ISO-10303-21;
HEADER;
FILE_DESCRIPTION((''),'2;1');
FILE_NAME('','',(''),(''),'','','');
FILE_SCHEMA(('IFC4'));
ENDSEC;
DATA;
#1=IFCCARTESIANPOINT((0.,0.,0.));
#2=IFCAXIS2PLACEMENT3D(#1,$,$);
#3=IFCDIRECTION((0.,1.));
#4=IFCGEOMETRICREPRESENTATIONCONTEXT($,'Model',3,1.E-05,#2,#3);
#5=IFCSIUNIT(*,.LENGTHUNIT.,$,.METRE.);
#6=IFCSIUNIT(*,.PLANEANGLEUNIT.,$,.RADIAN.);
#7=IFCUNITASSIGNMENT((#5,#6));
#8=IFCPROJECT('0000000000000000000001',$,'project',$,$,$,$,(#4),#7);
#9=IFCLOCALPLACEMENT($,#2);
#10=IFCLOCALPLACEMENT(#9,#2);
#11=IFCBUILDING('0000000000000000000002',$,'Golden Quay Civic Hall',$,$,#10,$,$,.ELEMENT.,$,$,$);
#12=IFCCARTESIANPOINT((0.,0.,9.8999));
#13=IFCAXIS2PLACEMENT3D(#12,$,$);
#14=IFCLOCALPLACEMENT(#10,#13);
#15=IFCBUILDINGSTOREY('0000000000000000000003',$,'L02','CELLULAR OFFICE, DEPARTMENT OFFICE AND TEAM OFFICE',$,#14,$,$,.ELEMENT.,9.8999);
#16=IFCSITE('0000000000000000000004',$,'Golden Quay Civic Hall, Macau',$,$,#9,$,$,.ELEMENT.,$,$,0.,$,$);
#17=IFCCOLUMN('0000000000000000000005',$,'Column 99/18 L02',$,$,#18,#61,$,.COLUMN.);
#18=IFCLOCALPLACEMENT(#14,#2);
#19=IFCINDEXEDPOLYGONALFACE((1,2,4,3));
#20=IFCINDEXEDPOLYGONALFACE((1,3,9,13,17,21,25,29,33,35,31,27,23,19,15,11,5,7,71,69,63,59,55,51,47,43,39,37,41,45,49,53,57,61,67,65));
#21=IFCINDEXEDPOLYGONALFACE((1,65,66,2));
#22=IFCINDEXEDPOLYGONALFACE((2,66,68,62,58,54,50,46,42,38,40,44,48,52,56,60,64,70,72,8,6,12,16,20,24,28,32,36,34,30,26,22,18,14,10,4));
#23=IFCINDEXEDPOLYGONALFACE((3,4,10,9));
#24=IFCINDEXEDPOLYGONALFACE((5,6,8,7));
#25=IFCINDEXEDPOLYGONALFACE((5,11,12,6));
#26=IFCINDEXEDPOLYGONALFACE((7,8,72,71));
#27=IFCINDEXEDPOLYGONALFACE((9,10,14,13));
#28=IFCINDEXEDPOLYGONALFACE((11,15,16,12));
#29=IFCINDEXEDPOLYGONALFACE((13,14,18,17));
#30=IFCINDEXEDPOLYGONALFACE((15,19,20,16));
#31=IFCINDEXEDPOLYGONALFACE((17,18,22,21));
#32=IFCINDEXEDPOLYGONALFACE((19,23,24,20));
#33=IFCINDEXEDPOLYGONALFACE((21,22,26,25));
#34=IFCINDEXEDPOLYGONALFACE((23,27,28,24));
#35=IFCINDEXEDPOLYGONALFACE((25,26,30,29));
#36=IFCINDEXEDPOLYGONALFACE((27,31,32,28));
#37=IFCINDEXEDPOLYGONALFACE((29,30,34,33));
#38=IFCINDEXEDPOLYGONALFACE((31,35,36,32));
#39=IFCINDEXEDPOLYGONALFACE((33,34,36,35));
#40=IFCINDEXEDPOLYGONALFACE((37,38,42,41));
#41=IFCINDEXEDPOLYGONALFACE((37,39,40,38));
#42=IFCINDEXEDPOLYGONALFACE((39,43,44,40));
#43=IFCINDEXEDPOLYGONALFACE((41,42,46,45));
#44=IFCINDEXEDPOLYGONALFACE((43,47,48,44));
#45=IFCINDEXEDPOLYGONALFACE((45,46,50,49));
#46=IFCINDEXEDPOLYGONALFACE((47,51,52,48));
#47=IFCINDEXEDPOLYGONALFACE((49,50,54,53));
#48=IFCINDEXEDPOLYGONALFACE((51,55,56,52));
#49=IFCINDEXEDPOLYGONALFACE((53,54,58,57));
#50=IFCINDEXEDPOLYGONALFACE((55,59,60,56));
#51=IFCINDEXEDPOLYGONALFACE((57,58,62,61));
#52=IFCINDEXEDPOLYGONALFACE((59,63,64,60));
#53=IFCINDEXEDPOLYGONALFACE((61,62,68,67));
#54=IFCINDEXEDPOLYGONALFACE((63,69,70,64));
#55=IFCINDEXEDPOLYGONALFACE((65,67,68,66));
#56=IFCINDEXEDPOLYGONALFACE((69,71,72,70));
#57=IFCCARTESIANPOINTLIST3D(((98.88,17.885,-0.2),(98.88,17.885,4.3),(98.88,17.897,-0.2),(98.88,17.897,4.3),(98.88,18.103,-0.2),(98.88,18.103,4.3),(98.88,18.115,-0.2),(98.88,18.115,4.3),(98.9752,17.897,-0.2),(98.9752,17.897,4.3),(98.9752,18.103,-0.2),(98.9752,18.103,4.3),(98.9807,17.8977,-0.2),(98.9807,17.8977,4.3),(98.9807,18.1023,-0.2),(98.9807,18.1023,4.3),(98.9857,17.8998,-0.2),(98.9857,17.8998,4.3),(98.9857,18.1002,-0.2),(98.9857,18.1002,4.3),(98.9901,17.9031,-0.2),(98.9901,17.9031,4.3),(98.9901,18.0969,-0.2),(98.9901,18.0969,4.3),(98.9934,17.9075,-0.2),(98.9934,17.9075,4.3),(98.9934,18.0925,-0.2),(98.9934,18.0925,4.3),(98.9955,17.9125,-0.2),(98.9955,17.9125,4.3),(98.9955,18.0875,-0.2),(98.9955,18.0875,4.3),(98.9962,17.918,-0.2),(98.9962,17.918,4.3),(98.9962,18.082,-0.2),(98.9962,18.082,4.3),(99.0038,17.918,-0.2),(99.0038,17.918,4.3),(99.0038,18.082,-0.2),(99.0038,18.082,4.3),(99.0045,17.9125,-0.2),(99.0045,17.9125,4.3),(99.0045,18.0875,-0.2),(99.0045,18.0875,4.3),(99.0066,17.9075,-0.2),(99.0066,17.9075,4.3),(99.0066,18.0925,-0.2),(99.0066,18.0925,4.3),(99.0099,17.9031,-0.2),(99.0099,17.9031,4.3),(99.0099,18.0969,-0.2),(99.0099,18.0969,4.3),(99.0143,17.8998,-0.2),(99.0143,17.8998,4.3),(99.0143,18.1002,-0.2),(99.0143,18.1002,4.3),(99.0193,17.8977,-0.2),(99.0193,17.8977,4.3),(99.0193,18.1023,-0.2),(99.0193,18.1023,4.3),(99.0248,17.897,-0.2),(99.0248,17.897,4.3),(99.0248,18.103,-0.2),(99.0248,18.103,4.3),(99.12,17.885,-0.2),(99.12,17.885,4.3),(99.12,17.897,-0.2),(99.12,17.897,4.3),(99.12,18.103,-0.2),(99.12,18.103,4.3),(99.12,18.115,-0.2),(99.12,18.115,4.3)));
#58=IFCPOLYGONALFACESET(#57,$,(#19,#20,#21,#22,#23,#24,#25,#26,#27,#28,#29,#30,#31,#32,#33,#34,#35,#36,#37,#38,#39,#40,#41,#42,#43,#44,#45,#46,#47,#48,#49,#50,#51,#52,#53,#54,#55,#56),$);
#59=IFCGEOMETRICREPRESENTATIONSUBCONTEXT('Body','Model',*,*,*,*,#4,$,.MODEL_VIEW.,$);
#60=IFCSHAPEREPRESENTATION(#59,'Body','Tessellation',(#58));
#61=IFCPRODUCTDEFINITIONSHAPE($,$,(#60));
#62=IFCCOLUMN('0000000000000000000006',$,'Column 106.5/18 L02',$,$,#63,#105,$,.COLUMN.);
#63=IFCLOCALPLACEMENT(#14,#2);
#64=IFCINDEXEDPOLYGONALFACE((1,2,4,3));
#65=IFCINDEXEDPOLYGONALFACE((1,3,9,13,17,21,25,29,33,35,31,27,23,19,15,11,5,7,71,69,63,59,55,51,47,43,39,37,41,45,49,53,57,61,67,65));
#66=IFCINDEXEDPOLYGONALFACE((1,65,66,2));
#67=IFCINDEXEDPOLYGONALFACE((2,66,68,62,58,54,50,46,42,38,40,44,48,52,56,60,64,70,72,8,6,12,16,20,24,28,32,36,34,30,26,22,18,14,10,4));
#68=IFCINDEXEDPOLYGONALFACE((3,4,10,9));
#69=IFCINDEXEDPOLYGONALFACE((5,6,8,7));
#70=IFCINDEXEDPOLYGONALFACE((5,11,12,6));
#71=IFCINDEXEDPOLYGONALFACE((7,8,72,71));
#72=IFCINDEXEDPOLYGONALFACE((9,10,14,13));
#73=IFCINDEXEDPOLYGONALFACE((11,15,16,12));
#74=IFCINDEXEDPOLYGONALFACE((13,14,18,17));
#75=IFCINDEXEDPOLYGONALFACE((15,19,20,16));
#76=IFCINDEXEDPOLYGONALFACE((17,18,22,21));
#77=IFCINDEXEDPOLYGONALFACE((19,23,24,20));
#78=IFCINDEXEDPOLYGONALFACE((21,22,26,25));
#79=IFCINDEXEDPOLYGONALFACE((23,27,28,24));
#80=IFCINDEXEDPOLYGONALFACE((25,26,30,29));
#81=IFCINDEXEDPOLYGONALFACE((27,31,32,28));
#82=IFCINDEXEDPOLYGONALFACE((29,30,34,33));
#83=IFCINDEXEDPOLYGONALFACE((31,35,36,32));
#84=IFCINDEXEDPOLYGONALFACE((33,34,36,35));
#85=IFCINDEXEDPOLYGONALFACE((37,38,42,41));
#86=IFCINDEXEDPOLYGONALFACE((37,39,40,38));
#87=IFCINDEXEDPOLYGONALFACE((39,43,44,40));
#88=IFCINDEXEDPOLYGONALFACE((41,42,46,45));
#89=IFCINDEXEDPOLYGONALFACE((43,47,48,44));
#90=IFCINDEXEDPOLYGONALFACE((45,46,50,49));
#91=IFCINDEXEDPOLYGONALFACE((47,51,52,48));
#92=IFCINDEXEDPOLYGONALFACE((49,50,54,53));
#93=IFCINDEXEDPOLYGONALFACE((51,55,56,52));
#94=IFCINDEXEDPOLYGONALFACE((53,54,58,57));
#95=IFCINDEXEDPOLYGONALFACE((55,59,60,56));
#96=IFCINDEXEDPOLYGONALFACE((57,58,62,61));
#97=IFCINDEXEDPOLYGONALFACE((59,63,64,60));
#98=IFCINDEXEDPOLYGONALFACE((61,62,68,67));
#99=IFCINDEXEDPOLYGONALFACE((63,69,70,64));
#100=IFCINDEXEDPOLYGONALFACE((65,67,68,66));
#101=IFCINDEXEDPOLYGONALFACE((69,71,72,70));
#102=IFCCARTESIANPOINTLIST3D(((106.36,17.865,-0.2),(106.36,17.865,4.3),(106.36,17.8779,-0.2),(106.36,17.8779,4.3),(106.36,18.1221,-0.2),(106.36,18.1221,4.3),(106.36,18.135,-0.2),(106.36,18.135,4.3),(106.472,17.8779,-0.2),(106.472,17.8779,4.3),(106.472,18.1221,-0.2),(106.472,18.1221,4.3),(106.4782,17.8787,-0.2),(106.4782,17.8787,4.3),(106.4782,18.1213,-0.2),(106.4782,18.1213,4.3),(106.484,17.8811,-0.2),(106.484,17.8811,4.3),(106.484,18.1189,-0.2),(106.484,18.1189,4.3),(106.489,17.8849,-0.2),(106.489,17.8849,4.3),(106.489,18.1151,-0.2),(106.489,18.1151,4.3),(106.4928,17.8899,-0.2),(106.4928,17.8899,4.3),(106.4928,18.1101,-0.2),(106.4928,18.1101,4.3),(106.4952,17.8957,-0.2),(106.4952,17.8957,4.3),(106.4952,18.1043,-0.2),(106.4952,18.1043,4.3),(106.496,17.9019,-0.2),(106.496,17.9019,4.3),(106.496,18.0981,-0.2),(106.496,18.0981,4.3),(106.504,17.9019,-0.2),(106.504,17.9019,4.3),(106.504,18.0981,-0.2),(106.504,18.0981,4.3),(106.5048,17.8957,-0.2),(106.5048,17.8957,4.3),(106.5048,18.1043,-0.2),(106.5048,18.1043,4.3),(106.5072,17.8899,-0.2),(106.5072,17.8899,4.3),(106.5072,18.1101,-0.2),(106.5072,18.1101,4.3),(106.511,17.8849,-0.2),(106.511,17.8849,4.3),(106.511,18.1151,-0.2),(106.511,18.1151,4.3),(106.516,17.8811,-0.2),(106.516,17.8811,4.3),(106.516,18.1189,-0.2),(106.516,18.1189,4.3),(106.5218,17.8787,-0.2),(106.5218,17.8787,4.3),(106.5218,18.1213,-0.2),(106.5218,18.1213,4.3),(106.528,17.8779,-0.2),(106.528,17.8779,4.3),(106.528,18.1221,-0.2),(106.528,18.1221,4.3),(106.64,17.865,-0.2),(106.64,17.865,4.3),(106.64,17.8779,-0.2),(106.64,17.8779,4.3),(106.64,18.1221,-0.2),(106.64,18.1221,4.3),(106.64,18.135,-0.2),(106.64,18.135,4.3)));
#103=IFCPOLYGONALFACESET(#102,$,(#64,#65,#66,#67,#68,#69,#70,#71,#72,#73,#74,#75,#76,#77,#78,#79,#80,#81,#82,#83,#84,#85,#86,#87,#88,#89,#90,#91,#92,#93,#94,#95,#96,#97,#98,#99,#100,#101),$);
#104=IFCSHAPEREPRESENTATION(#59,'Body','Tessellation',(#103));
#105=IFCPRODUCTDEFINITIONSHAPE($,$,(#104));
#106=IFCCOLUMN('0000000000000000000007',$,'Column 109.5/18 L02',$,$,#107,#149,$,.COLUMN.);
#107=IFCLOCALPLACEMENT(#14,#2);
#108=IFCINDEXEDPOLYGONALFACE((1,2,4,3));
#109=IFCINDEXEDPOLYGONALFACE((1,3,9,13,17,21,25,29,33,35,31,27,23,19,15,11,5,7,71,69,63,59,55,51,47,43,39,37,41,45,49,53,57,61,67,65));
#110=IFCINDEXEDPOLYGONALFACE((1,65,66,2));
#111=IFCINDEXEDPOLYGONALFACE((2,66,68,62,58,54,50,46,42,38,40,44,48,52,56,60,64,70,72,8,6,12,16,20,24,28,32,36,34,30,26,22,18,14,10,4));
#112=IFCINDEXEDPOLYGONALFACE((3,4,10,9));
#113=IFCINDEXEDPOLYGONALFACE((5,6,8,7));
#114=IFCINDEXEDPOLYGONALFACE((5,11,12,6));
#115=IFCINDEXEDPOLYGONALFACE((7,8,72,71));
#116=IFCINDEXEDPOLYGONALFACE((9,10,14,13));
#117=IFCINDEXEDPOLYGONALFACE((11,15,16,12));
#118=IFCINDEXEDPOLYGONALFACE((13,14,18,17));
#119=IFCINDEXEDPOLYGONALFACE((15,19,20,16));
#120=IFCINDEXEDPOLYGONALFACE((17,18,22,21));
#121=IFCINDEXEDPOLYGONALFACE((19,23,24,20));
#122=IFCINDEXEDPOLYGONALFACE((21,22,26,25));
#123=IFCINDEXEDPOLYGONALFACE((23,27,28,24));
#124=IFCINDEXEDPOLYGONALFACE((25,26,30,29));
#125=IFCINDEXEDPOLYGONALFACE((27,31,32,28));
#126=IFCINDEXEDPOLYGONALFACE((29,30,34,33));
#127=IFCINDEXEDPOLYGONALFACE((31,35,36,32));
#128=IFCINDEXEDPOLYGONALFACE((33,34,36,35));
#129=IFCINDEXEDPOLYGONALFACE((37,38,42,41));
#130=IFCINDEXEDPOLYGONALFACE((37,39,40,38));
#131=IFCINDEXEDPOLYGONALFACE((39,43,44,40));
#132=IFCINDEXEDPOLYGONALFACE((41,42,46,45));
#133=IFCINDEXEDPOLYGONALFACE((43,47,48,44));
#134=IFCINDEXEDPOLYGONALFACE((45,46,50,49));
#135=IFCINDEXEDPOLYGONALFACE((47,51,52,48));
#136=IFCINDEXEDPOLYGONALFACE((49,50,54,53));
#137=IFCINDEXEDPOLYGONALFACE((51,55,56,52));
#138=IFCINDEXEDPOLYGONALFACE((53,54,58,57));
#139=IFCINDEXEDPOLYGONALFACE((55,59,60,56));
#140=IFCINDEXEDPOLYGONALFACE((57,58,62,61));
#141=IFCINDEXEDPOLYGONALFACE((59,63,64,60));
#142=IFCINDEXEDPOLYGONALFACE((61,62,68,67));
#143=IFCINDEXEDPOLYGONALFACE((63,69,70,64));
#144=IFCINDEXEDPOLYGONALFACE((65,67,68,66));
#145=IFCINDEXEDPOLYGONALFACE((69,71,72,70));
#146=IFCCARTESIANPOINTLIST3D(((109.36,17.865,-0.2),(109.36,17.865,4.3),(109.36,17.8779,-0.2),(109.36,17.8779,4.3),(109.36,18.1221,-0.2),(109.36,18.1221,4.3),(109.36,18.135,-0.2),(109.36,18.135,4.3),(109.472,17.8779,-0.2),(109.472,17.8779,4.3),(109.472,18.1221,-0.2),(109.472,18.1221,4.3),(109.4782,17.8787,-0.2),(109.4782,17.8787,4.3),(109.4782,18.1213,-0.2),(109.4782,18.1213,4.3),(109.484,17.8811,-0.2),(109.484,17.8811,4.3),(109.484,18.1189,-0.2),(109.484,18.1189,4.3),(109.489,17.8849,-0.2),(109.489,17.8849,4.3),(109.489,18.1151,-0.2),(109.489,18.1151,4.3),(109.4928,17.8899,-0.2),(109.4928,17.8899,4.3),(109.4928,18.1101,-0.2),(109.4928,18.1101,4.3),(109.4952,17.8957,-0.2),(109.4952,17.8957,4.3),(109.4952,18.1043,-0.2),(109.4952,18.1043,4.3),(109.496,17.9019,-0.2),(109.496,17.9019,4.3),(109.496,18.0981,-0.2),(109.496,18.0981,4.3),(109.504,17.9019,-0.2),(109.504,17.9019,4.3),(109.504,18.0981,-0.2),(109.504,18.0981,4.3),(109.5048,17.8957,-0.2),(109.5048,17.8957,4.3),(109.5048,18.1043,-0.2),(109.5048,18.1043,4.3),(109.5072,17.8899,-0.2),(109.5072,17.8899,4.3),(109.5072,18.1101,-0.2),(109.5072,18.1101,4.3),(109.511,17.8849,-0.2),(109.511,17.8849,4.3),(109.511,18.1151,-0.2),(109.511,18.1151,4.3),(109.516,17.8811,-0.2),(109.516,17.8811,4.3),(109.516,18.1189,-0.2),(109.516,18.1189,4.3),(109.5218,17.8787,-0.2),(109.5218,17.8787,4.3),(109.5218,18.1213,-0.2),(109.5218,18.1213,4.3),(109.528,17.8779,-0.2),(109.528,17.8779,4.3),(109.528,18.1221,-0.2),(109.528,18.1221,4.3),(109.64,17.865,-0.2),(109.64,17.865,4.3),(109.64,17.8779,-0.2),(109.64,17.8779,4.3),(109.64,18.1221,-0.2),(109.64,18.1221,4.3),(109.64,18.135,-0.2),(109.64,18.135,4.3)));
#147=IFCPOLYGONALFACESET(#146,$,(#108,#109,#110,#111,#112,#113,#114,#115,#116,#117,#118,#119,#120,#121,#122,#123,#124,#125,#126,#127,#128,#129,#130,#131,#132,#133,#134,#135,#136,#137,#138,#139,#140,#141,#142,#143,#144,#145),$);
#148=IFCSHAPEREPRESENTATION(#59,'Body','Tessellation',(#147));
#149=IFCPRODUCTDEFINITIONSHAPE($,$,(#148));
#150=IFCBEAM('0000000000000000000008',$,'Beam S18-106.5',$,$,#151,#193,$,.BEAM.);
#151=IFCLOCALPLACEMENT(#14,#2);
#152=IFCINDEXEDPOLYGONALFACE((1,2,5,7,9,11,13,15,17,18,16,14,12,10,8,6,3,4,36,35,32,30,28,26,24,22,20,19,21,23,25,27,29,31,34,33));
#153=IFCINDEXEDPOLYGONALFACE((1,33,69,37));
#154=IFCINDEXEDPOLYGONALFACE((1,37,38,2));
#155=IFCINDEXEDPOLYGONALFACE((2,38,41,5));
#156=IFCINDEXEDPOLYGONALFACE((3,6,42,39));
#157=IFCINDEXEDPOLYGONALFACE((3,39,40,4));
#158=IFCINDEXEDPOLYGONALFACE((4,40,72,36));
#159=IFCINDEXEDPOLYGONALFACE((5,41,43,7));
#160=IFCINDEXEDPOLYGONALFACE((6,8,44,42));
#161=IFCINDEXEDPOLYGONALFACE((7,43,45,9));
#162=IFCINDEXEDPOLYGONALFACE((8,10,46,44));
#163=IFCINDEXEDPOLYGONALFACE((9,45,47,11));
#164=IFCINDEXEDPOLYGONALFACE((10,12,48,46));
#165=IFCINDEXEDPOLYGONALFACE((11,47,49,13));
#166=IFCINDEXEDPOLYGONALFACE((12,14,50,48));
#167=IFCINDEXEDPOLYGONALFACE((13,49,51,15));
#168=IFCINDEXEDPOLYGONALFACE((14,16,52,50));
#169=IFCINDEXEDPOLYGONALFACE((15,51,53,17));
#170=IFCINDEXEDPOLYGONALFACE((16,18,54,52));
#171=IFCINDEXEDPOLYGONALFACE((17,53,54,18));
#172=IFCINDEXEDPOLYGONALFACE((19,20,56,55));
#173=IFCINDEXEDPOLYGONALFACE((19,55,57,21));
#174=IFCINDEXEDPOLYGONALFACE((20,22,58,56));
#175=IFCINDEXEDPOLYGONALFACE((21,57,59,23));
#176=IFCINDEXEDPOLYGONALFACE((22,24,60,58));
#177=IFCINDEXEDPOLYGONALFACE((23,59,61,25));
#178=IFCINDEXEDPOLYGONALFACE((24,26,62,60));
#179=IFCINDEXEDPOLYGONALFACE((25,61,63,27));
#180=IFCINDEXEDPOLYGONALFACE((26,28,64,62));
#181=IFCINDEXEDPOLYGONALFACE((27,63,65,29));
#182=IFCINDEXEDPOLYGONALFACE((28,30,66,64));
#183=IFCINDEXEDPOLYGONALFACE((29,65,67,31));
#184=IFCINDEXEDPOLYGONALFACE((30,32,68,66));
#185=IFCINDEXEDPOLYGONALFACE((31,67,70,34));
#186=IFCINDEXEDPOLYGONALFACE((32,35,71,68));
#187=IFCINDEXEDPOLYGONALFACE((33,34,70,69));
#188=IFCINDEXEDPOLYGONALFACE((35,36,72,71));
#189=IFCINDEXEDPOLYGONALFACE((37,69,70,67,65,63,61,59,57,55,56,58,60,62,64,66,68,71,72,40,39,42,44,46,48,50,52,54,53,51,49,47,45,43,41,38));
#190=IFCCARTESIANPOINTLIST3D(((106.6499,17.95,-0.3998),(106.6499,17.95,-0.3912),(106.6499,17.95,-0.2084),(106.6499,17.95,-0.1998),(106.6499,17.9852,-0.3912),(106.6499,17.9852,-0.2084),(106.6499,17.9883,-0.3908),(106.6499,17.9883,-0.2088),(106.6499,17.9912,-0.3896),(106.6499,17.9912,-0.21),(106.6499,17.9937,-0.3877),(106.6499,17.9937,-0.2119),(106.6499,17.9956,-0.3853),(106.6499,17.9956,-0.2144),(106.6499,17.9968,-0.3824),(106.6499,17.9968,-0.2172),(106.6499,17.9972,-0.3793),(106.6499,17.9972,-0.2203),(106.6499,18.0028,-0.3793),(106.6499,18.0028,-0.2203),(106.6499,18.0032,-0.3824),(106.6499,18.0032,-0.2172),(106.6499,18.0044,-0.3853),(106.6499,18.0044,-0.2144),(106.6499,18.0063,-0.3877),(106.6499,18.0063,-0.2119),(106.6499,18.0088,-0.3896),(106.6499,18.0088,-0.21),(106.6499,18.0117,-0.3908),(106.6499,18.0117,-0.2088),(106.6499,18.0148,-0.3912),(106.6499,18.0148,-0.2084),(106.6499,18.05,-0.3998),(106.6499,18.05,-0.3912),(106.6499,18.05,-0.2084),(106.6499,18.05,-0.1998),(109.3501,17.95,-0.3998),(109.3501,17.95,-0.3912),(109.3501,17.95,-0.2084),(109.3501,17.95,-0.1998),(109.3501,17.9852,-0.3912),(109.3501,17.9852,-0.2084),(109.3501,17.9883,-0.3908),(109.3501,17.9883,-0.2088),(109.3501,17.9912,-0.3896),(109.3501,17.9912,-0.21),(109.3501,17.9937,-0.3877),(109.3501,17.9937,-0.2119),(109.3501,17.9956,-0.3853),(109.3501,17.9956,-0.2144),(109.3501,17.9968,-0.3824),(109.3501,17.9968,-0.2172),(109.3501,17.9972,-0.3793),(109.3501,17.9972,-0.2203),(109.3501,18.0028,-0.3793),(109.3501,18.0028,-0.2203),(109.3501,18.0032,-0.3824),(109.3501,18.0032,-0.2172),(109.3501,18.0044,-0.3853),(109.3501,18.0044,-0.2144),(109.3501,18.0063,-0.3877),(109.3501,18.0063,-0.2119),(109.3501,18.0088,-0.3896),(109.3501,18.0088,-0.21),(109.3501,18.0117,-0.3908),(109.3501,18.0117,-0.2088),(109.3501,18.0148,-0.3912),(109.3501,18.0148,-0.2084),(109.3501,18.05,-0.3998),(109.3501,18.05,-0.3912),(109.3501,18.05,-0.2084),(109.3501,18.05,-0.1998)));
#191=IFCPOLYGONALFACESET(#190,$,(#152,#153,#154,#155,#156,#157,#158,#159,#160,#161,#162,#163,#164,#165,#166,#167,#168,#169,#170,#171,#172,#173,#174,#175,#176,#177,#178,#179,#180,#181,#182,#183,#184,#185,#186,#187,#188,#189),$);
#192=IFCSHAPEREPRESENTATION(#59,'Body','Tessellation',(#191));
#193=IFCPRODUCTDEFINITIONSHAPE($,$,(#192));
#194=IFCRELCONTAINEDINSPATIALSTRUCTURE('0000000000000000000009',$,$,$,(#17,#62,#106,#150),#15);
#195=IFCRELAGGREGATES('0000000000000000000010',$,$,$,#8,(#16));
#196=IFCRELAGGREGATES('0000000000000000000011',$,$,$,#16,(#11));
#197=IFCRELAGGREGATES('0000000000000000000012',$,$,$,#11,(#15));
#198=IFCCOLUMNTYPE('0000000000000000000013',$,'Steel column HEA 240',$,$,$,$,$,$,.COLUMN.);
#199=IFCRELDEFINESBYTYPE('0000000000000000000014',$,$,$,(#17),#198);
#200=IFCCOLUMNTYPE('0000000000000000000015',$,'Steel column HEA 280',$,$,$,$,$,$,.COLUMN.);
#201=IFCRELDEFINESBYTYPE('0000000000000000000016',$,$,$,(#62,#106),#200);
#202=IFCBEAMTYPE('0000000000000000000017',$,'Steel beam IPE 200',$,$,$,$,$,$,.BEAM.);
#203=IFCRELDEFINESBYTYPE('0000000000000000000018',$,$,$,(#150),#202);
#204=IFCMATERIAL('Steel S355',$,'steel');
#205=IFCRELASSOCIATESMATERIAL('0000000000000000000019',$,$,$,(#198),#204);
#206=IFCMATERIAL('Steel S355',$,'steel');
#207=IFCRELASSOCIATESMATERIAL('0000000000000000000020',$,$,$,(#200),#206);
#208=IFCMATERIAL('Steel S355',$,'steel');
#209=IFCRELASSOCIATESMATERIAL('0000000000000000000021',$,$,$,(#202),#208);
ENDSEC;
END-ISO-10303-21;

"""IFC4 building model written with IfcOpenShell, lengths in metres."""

from ifc_helpers import new_model, si_unit, direction, frame, origin, origin_2d, place, context, subcontext, project, spatial, i_section, extrude, material, material_profile, profile_set, type_object, element, save


model = new_model("IFC4")

# Units and contexts
model_context = context("Model", 3, precision=1e-05, world=origin(), true_north=direction((0.0, 1.0)))
body_context = subcontext(model_context, "Body", "Model", "MODEL_VIEW")
ifc_project = project(units=[si_unit("LENGTHUNIT", "METRE"), si_unit("PLANEANGLEUNIT", "RADIAN")], contexts=[model_context])

# Site, building, storey
site_placement = place(None, origin())
site = spatial("IfcSite", under=ifc_project, at=site_placement, Name="Golden Quay Civic Hall, Macau", CompositionType="ELEMENT", RefElevation=0.0)
building_placement = place(site_placement, origin())
building = spatial("IfcBuilding", under=site, at=building_placement, Name="Golden Quay Civic Hall", CompositionType="ELEMENT")
storey_placement = place(building_placement, frame((0.0, 0.0, 9.8999)))
storey = spatial("IfcBuildingStorey", under=building, at=storey_placement, Name="L02", Description="CELLULAR OFFICE, DEPARTMENT OFFICE AND TEAM OFFICE", CompositionType="ELEMENT", Elevation=9.8999)

# Columns
ifc_material_1 = material(Name="Steel S355", Category="steel")
ifc_material_profile_1 = material_profile(ifc_material_1, i_section(OverallWidth=0.24, OverallDepth=0.23, WebThickness=0.0076, FlangeThickness=0.012, FilletRadius=0.021, at=origin_2d()), Name="HEA 240")
ifc_profile_set_1 = profile_set([ifc_material_profile_1], Name="Steel S355")
column_type_1 = type_object("IfcColumnType", Name="Steel column HEA 240", PredefinedType="COLUMN", material=ifc_profile_set_1)
column_placement = place(storey_placement, frame((99.0, 18.0, -0.2), z_axis=(0.0, 0.0, 1.0), x_axis=(1.0, 0.0, 0.0)))
element("IfcColumn", 1, at=column_placement, inside=storey, type_object=column_type_1, Name="Column 99/18 L02", PredefinedType="COLUMN", context=body_context, shape_type="SweptSolid", body=[
    extrude(i_section(OverallWidth=0.24, OverallDepth=0.23, WebThickness=0.0076, FlangeThickness=0.012, FilletRadius=0.021, at=origin_2d()), origin(), (0.0, 0.0, 1.0), 4.5),
])
ifc_material_2 = material(Name="Steel S355", Category="steel")
ifc_material_profile_2 = material_profile(ifc_material_2, i_section(OverallWidth=0.28, OverallDepth=0.27, WebThickness=0.0081, FlangeThickness=0.0129, FilletRadius=0.0239, at=origin_2d()), Name="HEA 280")
ifc_profile_set_2 = profile_set([ifc_material_profile_2], Name="Steel S355")
column_type_2 = type_object("IfcColumnType", Name="Steel column HEA 280", PredefinedType="COLUMN", material=ifc_profile_set_2)
for number, where, z_axis, x_axis, name in (
    (2, (106.5, 18.0, -0.2), (0.0, 0.0, 1.0), (1.0, 0.0, 0.0), "Column 106.5/18 L02"),
    (3, (109.5, 18.0, -0.2), (0.0, 0.0, 1.0), (1.0, 0.0, 0.0), "Column 109.5/18 L02"),
):
    element("IfcColumn", number, at=place(storey_placement, frame(where, z_axis=z_axis, x_axis=x_axis)), inside=storey, type_object=column_type_2, Name=name, PredefinedType="COLUMN", context=body_context, shape_type="SweptSolid", body=[
        extrude(i_section(OverallWidth=0.28, OverallDepth=0.27, WebThickness=0.0081, FlangeThickness=0.0129, FilletRadius=0.0239, at=origin_2d()), origin(), (0.0, 0.0, 1.0), 4.5),
    ])

# Beam
ifc_material_3 = material(Name="Steel S355", Category="steel")
ifc_material_profile_3 = material_profile(ifc_material_3, i_section(OverallWidth=0.1001, OverallDepth=0.2, WebThickness=0.0056, FlangeThickness=0.0085, FilletRadius=0.012, at=origin_2d()), Name="IPE 200")
ifc_profile_set_3 = profile_set([ifc_material_profile_3], Name="Steel S355")
beam_type_1 = type_object("IfcBeamType", Name="Steel beam IPE 200", PredefinedType="BEAM", material=ifc_profile_set_3)
beam_1_placement = place(storey_placement, frame((106.6499, 18.0, -0.2998), z_axis=(1.0, 0.0, 0.0), x_axis=(0.0, 1.0, 0.0)))
element("IfcBeam", 4, at=beam_1_placement, inside=storey, type_object=beam_type_1, Name="Beam S18-106.5", PredefinedType="BEAM", context=body_context, shape_type="SweptSolid", body=[
    extrude(i_section(OverallWidth=0.1001, OverallDepth=0.2, WebThickness=0.0056, FlangeThickness=0.0085, FilletRadius=0.012, at=origin_2d()), origin(), (0.0, 0.0, 1.0), 2.7002),
])

save(model, "model.ifc")
